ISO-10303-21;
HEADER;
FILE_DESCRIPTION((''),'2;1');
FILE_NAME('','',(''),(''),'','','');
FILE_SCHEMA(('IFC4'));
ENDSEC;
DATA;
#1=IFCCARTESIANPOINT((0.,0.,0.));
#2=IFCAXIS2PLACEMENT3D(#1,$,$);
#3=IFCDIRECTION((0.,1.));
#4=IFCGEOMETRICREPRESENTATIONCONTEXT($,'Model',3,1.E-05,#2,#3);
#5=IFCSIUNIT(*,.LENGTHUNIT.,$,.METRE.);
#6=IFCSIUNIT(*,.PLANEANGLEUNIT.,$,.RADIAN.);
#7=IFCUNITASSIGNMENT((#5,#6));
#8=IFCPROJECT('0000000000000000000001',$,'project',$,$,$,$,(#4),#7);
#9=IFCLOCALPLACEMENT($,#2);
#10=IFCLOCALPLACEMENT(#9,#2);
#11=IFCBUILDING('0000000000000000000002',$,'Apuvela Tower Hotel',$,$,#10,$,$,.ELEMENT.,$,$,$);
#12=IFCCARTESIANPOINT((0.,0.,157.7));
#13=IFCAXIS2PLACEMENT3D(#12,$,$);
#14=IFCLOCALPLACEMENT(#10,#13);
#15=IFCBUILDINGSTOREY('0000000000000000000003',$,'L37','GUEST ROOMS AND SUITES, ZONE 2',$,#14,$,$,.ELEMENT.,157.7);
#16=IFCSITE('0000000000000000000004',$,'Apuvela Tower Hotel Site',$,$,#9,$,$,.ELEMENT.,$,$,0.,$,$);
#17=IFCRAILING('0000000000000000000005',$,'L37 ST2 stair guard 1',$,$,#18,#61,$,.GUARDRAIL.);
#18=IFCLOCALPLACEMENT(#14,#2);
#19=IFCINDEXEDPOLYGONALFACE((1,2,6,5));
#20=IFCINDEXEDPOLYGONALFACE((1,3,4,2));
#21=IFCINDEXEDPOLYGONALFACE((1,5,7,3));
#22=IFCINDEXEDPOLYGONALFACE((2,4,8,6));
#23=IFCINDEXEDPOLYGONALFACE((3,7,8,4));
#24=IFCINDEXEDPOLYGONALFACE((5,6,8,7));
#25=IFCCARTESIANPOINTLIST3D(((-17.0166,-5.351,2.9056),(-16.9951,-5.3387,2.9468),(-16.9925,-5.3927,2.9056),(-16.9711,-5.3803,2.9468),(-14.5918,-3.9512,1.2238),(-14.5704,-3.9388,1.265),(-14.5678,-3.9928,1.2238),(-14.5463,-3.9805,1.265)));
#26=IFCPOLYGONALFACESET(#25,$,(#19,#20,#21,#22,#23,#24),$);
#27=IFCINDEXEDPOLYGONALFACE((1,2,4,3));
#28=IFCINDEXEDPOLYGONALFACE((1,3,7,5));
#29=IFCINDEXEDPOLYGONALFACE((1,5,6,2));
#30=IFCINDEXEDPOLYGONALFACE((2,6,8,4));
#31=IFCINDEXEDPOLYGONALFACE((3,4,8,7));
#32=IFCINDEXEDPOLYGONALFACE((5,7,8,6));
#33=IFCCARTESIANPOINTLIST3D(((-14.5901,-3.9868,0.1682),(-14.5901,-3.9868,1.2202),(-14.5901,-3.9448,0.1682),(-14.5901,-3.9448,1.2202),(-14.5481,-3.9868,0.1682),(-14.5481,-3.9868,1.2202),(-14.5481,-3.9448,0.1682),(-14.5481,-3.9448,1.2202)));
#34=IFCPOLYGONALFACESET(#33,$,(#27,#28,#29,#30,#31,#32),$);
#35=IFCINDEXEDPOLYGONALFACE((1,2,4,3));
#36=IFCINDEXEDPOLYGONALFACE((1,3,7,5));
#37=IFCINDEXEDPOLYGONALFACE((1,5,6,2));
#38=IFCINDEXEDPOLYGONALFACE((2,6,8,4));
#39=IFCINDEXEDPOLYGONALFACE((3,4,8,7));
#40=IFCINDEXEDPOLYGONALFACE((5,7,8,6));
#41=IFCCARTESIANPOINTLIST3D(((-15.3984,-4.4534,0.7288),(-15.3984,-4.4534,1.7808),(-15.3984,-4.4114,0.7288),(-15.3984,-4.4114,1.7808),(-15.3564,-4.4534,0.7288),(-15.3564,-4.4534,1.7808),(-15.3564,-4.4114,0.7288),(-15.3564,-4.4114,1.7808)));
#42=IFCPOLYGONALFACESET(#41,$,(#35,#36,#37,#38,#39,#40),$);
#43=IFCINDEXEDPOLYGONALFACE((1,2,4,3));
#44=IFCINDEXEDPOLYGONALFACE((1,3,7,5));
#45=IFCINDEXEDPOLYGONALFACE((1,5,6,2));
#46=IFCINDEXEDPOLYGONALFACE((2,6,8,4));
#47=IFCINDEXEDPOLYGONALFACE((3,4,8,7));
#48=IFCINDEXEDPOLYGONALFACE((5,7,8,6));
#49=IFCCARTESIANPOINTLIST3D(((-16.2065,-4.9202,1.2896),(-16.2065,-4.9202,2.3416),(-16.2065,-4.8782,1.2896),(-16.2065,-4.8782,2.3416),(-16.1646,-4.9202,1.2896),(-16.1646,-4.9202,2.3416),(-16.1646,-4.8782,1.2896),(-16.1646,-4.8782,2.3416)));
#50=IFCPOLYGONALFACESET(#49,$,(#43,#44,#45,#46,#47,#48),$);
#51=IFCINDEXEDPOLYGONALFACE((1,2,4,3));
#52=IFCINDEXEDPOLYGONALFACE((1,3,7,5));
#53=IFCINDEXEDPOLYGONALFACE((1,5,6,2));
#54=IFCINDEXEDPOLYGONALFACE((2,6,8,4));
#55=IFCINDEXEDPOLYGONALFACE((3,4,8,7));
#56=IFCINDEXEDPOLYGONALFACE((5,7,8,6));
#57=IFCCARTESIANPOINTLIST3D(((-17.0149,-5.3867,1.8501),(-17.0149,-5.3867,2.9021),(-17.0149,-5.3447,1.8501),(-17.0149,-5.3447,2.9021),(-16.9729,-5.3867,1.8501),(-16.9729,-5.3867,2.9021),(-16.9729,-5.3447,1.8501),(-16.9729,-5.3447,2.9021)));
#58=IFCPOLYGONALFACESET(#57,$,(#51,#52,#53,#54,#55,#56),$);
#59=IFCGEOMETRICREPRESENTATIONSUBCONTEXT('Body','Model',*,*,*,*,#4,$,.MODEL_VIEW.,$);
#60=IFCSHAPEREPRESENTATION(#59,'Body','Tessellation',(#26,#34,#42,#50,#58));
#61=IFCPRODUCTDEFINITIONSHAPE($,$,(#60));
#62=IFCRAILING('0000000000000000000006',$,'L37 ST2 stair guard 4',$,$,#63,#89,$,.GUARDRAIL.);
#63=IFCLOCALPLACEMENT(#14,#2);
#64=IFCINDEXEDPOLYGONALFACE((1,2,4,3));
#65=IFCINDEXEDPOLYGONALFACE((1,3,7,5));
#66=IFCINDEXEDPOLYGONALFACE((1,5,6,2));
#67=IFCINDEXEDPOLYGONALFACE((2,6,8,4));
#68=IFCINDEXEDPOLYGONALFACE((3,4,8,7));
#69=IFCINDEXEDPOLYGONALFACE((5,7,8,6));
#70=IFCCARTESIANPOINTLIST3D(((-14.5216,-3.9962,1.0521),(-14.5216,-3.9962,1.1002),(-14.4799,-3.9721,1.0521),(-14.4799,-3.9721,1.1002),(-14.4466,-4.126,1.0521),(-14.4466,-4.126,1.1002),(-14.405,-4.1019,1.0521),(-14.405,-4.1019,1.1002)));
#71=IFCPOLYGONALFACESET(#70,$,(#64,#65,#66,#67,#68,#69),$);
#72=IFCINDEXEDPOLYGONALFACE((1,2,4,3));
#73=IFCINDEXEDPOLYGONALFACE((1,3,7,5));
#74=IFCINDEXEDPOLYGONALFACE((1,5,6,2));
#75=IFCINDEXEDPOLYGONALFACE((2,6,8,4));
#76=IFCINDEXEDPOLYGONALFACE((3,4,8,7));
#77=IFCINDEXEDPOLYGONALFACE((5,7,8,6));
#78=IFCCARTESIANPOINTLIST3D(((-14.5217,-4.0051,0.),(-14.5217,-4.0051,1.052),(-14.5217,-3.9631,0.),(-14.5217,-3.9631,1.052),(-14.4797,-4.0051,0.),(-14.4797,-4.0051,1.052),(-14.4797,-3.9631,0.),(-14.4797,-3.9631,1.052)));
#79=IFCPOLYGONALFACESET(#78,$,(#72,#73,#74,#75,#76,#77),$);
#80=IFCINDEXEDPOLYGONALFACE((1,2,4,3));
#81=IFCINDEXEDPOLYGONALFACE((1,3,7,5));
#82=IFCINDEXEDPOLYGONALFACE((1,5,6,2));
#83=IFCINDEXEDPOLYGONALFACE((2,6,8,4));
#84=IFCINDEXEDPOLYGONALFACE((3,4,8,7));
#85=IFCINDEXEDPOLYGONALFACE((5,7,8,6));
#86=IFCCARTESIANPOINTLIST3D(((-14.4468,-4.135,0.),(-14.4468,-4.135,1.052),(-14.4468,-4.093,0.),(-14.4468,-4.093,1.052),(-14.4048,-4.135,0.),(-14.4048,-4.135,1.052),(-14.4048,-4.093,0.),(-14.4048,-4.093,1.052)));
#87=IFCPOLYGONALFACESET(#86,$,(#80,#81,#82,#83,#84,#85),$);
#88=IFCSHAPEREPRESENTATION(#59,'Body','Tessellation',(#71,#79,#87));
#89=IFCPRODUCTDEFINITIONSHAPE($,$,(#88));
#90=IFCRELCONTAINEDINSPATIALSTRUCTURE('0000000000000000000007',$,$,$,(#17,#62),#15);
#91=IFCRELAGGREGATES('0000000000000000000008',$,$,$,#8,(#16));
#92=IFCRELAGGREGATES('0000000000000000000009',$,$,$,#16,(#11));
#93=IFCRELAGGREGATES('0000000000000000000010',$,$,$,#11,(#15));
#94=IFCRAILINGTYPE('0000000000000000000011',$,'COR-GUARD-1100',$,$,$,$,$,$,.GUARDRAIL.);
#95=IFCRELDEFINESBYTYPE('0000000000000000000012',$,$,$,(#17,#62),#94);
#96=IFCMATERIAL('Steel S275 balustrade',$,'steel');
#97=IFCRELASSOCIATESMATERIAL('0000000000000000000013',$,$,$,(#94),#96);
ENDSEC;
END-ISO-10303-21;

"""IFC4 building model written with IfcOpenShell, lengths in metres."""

from ifc_helpers import new_model, si_unit, direction, frame, origin, origin_2d, place, context, subcontext, project, spatial, rectangle, extrude, material, type_object, element, save


model = new_model("IFC4")

# Units and contexts
model_context = context("Model", 3, precision=1e-05, world=origin(), true_north=direction((0.0, 1.0)))
body_context = subcontext(model_context, "Body", "Model", "MODEL_VIEW")
ifc_project = project(units=[si_unit("LENGTHUNIT", "METRE"), si_unit("PLANEANGLEUNIT", "RADIAN")], contexts=[model_context])

# Site, building, storey
site_placement = place(None, origin())
site = spatial("IfcSite", under=ifc_project, at=site_placement, Name="Apuvela Tower Hotel Site", CompositionType="ELEMENT", RefElevation=0.0)
building_placement = place(site_placement, origin())
building = spatial("IfcBuilding", under=site, at=building_placement, Name="Apuvela Tower Hotel", CompositionType="ELEMENT")
storey_placement = place(building_placement, frame((0.0, 0.0, 157.7)))
storey = spatial("IfcBuildingStorey", under=building, at=storey_placement, Name="L37", Description="GUEST ROOMS AND SUITES, ZONE 2", CompositionType="ELEMENT", Elevation=157.7)

# Railings
ifc_material_1 = material(Name="Steel S275 balustrade", Category="steel")
railing_type = type_object("IfcRailingType", Name="COR-GUARD-1100", PredefinedType="GUARDRAIL", material=ifc_material_1)
railing_1_placement = place(storey_placement, frame((-14.5691, -3.9658, 0.1682)))
element("IfcRailing", 1, at=railing_1_placement, inside=storey, type_object=railing_type, Name="L37 ST2 stair guard 1", PredefinedType="GUARDRAIL", context=body_context, shape_type="SweptSolid", body=[
    extrude(rectangle(XDim=0.0481, YDim=0.0481, at=origin_2d()), frame((0.0, 0.0, 1.0762), z_axis=(-0.74239, -0.428601, 0.514934), x_axis=(0.499984, -0.866035, 0.0)), (0.0, 0.0, 1.0), 3.2661),
    extrude(rectangle(XDim=0.042, YDim=0.042, at=origin_2d()), origin(), (0.0, 0.0, 1.0), 1.052),
    extrude(rectangle(XDim=0.042, YDim=0.042, at=origin_2d()), frame((-0.8083, -0.4666, 0.5605)), (0.0, 0.0, 1.0), 1.052),
    extrude(rectangle(XDim=0.042, YDim=0.042, at=origin_2d()), frame((-1.6165, -0.9333, 1.1213)), (0.0, 0.0, 1.0), 1.052),
    extrude(rectangle(XDim=0.042, YDim=0.042, at=origin_2d()), frame((-2.4248, -1.3999, 1.6819)), (0.0, 0.0, 1.0), 1.052),
])
railing_2_placement = place(storey_placement, frame((-14.5007, -3.9841, 0.0)))
element("IfcRailing", 2, at=railing_2_placement, inside=storey, type_object=railing_type, Name="L37 ST2 stair guard 4", PredefinedType="GUARDRAIL", context=body_context, shape_type="SweptSolid", body=[
    extrude(rectangle(XDim=0.0481, YDim=0.0481, at=origin_2d()), frame((0.0, 0.0, 1.0762), z_axis=(0.499816, -0.866131, 0.0), x_axis=(0.866131, 0.499816, 0.0)), (0.0, 0.0, 1.0), 0.1499),
    extrude(rectangle(XDim=0.042, YDim=0.042, at=origin_2d()), origin(), (0.0, 0.0, 1.0), 1.052),
    extrude(rectangle(XDim=0.042, YDim=0.042, at=origin_2d()), frame((0.075, -0.1299, 0.0)), (0.0, 0.0, 1.0), 1.052),
])

save(model, "model.ifc")
